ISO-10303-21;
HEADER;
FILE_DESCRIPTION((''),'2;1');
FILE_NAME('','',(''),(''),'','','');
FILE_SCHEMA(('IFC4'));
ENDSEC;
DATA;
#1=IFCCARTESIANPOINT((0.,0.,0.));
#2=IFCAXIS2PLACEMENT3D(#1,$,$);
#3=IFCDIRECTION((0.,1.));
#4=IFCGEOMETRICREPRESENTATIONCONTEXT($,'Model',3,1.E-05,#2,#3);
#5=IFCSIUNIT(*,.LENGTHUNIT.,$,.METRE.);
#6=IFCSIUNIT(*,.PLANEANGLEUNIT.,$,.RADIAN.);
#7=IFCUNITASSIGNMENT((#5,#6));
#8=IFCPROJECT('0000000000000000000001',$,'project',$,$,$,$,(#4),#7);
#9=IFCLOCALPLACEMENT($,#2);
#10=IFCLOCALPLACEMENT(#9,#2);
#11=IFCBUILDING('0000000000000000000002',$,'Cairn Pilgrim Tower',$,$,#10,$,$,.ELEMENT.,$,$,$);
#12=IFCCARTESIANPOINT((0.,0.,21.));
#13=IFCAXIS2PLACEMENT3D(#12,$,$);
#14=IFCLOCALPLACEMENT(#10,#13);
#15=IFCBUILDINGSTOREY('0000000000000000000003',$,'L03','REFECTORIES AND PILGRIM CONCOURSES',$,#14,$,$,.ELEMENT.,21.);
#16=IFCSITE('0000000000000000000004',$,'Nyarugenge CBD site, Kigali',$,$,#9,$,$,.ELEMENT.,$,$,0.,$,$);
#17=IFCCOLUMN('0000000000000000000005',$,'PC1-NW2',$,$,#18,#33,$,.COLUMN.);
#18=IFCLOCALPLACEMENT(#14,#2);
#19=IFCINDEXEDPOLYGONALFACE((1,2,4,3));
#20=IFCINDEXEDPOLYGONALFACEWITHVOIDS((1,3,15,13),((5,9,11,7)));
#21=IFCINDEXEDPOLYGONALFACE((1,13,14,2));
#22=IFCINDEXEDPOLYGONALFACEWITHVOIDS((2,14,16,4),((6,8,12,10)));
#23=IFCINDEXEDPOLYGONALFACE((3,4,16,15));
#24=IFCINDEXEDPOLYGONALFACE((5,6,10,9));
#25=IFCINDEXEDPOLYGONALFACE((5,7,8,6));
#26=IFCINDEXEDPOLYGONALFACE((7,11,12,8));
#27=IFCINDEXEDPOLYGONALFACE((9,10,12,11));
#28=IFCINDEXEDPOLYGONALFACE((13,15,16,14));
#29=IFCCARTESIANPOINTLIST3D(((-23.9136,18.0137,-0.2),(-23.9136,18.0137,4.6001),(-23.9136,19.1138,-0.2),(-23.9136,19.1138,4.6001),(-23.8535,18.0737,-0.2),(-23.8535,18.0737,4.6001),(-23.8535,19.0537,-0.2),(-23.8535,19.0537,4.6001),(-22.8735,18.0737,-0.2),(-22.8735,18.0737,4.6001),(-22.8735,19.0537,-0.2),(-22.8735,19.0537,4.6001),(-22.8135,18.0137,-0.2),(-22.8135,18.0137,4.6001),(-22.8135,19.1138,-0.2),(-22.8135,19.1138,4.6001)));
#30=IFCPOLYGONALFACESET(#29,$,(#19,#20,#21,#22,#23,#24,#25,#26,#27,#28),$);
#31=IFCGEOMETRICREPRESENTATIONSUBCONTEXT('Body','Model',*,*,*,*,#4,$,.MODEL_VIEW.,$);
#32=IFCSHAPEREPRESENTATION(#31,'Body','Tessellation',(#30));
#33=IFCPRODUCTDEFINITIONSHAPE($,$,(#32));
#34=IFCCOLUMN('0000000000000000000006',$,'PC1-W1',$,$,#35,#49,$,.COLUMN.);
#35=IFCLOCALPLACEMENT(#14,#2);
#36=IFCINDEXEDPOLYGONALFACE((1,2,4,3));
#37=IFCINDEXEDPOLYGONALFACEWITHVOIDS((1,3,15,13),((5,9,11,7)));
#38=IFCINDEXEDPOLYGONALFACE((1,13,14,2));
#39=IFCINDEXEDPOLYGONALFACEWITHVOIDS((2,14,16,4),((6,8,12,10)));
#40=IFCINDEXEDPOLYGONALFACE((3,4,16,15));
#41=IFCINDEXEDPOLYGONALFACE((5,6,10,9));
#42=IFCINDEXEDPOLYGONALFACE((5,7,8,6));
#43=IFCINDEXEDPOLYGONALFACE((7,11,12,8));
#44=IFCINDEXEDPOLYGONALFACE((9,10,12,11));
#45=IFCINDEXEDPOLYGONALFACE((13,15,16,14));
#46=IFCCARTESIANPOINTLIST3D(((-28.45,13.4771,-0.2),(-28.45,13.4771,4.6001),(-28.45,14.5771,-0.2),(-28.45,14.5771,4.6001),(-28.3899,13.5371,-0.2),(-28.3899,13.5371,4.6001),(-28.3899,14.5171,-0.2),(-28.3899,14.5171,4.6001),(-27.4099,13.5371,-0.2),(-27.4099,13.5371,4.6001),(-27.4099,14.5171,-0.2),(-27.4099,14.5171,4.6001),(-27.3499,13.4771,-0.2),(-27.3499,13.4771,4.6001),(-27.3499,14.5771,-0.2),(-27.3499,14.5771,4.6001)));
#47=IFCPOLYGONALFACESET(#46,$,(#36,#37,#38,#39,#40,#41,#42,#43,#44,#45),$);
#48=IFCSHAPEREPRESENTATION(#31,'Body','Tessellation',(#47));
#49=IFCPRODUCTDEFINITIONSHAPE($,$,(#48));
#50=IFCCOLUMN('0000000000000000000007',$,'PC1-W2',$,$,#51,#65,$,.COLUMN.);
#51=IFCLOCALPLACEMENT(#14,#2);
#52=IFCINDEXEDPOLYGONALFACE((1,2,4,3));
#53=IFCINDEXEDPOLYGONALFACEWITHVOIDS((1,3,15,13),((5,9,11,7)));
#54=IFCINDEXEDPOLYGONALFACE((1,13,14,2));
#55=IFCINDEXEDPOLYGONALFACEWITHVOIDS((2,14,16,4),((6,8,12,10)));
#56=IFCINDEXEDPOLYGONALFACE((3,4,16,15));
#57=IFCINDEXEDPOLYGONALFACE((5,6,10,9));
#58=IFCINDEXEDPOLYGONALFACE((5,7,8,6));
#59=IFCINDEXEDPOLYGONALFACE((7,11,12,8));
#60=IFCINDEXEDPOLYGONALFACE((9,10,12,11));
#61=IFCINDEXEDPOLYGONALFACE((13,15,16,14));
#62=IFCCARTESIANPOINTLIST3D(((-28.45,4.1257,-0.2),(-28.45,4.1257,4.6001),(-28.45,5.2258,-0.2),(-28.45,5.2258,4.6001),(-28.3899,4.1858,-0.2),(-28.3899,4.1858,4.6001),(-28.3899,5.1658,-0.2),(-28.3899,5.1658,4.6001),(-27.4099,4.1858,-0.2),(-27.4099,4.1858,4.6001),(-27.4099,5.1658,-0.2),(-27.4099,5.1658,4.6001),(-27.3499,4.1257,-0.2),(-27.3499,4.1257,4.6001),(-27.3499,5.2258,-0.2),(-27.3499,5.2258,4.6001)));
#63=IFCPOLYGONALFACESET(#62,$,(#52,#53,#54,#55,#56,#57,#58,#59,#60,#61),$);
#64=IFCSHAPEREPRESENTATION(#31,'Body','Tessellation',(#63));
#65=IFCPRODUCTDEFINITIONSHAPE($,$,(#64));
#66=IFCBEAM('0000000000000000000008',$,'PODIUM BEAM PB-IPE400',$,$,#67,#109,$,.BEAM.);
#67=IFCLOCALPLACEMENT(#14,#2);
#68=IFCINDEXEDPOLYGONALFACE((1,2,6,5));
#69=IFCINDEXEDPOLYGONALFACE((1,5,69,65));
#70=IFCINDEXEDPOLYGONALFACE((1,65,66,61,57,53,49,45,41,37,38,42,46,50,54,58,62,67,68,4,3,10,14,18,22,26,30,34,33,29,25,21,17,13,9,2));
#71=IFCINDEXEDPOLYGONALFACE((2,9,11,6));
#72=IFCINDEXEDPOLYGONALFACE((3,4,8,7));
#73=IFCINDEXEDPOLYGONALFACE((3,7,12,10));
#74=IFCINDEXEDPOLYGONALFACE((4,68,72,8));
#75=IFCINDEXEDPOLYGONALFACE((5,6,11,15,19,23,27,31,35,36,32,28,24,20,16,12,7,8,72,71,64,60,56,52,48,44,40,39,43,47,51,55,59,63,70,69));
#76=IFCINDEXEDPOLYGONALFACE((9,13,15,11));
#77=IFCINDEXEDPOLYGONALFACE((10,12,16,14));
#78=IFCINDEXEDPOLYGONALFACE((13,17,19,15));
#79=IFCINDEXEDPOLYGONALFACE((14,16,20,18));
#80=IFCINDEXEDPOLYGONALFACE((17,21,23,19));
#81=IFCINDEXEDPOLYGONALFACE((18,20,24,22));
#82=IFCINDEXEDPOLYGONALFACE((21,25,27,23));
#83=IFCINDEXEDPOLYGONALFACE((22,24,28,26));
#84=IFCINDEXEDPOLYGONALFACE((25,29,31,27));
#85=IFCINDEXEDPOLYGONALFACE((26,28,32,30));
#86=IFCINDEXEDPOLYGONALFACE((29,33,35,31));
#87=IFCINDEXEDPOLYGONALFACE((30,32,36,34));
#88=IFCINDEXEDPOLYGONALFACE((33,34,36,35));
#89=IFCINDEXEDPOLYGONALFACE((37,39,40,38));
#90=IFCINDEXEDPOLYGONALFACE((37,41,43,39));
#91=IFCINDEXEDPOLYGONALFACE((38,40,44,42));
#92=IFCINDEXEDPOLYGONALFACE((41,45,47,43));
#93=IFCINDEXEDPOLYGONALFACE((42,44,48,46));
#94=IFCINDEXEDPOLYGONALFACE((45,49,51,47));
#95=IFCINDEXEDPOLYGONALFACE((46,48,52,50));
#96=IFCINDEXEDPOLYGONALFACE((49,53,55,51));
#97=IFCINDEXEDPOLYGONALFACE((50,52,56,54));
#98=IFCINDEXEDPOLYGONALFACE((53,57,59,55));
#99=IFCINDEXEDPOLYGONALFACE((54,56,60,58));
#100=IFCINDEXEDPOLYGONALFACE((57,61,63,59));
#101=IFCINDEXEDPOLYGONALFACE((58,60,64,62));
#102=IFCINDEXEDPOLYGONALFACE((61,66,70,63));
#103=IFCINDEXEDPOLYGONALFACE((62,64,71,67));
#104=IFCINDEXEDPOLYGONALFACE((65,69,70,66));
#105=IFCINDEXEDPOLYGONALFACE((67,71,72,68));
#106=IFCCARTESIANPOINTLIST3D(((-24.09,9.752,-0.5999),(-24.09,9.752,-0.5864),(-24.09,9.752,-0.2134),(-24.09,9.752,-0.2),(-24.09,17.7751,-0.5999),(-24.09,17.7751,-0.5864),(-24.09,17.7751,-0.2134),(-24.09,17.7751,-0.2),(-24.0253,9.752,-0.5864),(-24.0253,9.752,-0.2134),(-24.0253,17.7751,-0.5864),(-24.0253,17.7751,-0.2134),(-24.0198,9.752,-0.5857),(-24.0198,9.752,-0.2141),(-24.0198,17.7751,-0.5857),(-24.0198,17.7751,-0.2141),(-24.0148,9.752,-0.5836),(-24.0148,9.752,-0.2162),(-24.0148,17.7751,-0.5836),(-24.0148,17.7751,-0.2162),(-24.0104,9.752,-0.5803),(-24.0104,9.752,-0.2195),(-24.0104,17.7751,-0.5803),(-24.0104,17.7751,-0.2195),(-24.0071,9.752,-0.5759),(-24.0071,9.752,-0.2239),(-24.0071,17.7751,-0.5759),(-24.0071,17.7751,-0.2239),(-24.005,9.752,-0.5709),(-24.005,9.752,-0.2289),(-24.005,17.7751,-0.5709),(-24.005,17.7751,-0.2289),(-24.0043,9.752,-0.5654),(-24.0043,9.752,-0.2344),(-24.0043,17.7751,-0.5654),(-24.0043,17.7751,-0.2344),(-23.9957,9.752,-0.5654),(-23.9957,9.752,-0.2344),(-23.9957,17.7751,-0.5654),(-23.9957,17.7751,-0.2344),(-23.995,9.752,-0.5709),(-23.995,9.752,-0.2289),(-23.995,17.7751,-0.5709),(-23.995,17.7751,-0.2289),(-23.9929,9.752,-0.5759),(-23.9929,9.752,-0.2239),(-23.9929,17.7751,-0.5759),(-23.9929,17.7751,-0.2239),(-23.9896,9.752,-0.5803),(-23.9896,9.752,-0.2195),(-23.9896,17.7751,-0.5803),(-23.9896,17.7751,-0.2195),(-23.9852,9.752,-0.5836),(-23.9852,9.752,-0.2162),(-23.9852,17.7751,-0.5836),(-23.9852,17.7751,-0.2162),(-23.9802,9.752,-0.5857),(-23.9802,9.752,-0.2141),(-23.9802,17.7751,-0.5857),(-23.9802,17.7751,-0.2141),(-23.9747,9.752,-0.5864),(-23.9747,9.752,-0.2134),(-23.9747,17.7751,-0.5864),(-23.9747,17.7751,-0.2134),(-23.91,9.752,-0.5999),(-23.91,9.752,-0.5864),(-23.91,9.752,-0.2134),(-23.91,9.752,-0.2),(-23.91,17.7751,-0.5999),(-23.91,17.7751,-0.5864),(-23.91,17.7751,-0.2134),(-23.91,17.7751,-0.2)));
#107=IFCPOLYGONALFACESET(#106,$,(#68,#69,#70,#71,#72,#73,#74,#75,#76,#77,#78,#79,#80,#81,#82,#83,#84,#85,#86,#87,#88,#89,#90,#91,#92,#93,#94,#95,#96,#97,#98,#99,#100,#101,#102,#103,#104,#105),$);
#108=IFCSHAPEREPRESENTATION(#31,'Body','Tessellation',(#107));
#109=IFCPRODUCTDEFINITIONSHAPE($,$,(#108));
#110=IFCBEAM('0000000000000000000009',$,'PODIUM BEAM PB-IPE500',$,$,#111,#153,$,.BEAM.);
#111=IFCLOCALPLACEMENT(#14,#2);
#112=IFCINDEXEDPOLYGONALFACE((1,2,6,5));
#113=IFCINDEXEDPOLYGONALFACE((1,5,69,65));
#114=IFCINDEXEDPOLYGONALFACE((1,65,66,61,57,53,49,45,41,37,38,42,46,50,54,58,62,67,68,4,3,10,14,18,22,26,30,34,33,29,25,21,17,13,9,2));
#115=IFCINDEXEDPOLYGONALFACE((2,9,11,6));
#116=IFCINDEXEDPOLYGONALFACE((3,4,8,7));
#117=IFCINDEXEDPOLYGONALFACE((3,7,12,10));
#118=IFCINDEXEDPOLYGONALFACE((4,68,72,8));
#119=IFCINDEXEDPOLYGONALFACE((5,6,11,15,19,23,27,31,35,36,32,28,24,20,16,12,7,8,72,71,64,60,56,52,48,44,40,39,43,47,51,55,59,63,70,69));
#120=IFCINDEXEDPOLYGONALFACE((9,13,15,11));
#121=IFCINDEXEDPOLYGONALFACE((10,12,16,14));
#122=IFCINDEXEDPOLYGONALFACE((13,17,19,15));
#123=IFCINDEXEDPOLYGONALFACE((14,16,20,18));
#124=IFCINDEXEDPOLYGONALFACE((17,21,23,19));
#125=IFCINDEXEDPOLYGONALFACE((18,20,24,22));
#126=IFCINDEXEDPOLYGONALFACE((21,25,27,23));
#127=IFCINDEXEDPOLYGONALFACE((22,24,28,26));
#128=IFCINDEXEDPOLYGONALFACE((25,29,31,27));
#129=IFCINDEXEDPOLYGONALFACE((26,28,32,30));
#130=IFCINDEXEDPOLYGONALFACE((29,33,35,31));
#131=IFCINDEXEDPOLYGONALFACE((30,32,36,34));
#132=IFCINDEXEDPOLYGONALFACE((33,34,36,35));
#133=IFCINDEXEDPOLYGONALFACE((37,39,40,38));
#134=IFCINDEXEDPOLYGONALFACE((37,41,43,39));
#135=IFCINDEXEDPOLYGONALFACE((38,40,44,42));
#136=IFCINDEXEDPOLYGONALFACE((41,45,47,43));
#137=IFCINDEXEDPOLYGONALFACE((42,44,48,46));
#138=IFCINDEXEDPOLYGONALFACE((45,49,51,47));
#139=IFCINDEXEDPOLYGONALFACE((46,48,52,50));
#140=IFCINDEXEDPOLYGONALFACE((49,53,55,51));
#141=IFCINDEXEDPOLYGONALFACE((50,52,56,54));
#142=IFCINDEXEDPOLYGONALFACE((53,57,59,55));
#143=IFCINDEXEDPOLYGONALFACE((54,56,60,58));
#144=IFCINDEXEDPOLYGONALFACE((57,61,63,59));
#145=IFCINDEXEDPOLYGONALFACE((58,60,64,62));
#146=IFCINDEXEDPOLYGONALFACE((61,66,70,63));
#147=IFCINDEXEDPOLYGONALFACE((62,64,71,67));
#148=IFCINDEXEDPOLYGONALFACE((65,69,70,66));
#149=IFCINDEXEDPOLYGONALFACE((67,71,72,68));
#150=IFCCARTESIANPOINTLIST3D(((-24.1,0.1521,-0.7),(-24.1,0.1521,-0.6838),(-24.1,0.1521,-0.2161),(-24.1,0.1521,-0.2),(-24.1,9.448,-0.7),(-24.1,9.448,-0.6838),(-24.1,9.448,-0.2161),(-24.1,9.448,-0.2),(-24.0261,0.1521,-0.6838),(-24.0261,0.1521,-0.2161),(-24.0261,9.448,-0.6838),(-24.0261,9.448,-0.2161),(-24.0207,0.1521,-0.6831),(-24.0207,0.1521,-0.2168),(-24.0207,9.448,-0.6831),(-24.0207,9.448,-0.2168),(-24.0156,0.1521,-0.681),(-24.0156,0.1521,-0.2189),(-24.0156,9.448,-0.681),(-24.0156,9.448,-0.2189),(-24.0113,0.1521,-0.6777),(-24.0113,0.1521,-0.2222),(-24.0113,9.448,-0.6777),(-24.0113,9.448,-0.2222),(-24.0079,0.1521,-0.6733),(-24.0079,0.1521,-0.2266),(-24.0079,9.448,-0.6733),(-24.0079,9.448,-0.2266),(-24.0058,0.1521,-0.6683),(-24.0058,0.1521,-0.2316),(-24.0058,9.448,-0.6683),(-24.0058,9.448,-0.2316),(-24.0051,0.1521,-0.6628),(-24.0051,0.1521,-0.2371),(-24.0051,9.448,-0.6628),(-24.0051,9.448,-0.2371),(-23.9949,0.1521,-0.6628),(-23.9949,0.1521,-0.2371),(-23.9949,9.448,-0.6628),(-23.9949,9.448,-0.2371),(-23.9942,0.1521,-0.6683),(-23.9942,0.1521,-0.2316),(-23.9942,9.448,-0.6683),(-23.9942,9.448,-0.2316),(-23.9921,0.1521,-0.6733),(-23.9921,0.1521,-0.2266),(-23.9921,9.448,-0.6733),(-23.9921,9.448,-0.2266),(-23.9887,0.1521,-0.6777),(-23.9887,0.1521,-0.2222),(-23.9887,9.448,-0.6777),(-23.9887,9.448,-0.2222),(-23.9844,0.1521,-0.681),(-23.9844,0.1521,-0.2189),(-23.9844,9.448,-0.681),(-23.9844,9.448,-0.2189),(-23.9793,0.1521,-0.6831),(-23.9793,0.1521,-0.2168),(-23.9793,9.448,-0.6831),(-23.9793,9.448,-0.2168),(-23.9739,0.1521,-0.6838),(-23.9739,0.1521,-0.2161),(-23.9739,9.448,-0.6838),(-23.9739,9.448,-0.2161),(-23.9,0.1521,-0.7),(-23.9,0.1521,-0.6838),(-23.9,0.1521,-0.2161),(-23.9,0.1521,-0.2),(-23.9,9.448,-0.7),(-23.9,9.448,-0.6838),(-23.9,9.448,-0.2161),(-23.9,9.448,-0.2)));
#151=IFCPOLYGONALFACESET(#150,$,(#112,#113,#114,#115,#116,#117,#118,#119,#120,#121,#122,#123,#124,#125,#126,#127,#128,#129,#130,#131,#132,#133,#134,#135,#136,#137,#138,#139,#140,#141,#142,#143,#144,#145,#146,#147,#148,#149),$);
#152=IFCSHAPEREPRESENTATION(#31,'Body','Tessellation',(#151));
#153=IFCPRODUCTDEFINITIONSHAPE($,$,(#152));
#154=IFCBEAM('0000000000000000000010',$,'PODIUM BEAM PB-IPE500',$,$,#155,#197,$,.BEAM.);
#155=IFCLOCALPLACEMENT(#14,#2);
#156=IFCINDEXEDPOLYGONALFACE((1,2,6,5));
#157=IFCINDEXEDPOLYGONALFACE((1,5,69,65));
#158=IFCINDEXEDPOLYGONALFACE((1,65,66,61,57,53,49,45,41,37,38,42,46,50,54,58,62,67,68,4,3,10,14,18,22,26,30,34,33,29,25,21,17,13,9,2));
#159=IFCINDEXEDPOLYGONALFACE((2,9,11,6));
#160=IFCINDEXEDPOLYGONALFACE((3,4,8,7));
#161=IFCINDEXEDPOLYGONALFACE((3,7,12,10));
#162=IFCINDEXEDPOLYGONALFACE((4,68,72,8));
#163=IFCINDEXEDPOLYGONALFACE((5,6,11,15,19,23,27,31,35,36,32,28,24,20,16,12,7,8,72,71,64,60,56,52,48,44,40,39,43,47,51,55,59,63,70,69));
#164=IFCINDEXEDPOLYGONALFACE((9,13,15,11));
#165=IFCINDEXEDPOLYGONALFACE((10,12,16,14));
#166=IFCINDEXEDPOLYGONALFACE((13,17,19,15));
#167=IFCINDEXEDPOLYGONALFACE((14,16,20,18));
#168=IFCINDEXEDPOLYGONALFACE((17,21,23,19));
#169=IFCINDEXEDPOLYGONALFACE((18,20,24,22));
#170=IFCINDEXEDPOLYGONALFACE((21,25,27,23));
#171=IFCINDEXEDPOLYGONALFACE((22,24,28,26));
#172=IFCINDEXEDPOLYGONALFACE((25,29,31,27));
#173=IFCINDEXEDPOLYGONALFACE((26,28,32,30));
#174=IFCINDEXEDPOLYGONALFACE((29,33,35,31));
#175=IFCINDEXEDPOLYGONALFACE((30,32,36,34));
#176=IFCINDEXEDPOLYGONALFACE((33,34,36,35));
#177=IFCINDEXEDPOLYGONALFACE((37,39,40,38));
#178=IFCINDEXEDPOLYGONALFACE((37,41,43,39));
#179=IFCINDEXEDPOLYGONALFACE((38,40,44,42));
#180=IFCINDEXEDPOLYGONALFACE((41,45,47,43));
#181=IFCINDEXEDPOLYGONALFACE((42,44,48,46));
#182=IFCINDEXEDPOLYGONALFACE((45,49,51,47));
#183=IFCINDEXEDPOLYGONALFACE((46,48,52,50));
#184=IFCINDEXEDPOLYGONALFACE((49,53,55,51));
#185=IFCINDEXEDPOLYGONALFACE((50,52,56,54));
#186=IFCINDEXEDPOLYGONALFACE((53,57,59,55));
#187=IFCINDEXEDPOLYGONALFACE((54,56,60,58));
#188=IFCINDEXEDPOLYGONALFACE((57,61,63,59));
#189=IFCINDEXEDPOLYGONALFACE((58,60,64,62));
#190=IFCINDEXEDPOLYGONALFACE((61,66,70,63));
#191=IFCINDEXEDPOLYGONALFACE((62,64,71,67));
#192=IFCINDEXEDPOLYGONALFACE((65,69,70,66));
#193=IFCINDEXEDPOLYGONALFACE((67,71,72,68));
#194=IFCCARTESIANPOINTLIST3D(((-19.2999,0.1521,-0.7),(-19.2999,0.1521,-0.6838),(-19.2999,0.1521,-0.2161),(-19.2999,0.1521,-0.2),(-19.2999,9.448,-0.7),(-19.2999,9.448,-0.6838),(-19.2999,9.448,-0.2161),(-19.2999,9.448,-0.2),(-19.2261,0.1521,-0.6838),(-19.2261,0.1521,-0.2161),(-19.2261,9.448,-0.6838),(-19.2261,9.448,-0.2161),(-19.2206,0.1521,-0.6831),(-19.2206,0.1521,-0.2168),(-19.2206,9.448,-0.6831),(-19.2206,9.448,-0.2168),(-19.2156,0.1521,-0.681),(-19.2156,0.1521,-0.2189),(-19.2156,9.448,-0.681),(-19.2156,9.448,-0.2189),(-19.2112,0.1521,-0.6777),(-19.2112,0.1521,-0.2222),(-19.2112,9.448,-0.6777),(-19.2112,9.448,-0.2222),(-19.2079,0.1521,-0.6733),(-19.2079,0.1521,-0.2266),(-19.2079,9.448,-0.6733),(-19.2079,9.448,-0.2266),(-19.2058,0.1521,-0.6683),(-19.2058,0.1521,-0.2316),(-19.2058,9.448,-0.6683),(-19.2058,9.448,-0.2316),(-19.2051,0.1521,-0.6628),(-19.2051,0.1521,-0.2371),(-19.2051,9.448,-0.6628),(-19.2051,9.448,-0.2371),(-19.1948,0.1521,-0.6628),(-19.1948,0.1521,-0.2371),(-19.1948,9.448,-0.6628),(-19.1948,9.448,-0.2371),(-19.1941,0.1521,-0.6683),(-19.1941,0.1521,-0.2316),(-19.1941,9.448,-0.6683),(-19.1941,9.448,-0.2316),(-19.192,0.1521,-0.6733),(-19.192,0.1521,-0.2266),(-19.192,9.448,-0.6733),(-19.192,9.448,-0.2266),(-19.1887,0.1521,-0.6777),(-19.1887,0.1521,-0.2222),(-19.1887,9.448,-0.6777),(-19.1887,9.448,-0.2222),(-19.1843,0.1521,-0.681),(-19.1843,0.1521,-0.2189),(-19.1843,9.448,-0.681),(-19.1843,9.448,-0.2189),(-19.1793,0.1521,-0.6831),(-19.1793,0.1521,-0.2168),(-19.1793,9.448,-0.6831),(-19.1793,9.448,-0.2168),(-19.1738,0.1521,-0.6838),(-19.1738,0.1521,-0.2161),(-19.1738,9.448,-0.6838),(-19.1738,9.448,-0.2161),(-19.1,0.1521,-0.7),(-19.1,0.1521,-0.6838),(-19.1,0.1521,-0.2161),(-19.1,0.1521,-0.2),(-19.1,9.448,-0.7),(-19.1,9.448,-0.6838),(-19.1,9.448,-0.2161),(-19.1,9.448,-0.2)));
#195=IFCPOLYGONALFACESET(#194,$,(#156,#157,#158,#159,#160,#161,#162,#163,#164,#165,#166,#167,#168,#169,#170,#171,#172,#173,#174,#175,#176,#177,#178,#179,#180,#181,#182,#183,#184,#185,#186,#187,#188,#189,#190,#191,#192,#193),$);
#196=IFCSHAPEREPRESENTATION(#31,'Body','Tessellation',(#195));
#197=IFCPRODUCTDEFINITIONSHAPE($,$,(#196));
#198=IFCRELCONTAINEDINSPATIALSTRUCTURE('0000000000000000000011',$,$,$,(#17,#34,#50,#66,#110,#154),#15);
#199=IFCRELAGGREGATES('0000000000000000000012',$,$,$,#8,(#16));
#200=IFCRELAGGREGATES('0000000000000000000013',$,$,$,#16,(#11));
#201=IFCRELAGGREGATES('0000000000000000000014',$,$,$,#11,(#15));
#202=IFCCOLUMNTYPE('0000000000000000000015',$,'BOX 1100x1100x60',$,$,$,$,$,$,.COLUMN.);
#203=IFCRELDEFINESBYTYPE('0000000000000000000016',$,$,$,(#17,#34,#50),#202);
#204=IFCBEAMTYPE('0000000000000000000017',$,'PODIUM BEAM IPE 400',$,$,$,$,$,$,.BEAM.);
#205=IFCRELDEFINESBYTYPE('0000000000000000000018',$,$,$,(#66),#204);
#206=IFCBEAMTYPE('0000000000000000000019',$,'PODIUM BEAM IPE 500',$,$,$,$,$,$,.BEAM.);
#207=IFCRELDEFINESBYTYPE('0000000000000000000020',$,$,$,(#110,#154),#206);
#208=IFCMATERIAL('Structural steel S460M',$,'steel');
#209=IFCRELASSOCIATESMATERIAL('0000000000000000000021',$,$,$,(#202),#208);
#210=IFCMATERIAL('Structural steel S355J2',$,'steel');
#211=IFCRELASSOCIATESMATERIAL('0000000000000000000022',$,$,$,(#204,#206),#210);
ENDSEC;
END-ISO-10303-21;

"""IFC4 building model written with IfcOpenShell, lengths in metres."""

from ifc_helpers import new_model, si_unit, direction, frame, origin, origin_2d, place, context, subcontext, project, spatial, hollow_rectangle, i_section, extrude, material, material_profile, profile_set, type_object, element, save


model = new_model("IFC4")

# Units and contexts
model_context = context("Model", 3, precision=1e-05, world=origin(), true_north=direction((0.0, 1.0)))
body_context = subcontext(model_context, "Body", "Model", "MODEL_VIEW")
ifc_project = project(units=[si_unit("LENGTHUNIT", "METRE"), si_unit("PLANEANGLEUNIT", "RADIAN")], contexts=[model_context])

# Site, building, storey
site_placement = place(None, origin())
site = spatial("IfcSite", under=ifc_project, at=site_placement, Name="Nyarugenge CBD site, Kigali", CompositionType="ELEMENT", RefElevation=0.0)
building_placement = place(site_placement, origin())
building = spatial("IfcBuilding", under=site, at=building_placement, Name="Cairn Pilgrim Tower", CompositionType="ELEMENT")
storey_placement = place(building_placement, frame((0.0, 0.0, 21.0)))
storey = spatial("IfcBuildingStorey", under=building, at=storey_placement, Name="L03", Description="REFECTORIES AND PILGRIM CONCOURSES", CompositionType="ELEMENT", Elevation=21.0)

# Columns
ifc_material_1 = material(Name="Structural steel S460M", Category="steel")
ifc_material_profile_1 = material_profile(ifc_material_1, hollow_rectangle(XDim=1.1001, YDim=1.1001, WallThickness=0.0601, at=origin_2d()), Name="BOX 1100x1100x60")
ifc_profile_set_1 = profile_set([ifc_material_profile_1], Name="Structural steel S460M")
column_type = type_object("IfcColumnType", Name="BOX 1100x1100x60", PredefinedType="COLUMN", material=ifc_profile_set_1)
for number, where, z_axis, x_axis, name in (
    (1, (-23.3635, 18.5637, -0.2), (0.0, 0.0, 1.0), (1.0, 0.0, 0.0), "PC1-NW2"),
    (2, (-27.8999, 14.0271, -0.2), (0.0, 0.0, 1.0), (1.0, 0.0, 0.0), "PC1-W1"),
    (3, (-27.8999, 4.6758, -0.2), (0.0, 0.0, 1.0), (1.0, 0.0, 0.0), "PC1-W2"),
):
    element("IfcColumn", number, at=place(storey_placement, frame(where, z_axis=z_axis, x_axis=x_axis)), inside=storey, type_object=column_type, Name=name, PredefinedType="COLUMN", context=body_context, shape_type="SweptSolid", body=[
        extrude(hollow_rectangle(XDim=1.1001, YDim=1.1001, WallThickness=0.0601, at=origin_2d()), origin(), (0.0, 0.0, 1.0), 4.8),
    ])

# Beams
ifc_material_2 = material(Name="Structural steel S355J2", Category="steel")
ifc_material_profile_2 = material_profile(ifc_material_2, i_section(OverallWidth=0.1799, OverallDepth=0.3999, WebThickness=0.0085, FlangeThickness=0.0134, FilletRadius=0.021, at=origin_2d()), Name="IPE 400")
ifc_profile_set_2 = profile_set([ifc_material_profile_2], Name="Structural steel S355J2")
beam_type_1 = type_object("IfcBeamType", Name="PODIUM BEAM IPE 400", PredefinedType="BEAM", material=ifc_profile_set_2)
beam_1_placement = place(storey_placement, frame((-24.0, 9.752, -0.3999), z_axis=(0.0, 1.0, 0.0), x_axis=(-1.0, 0.0, 0.0)))
element("IfcBeam", 4, at=beam_1_placement, inside=storey, type_object=beam_type_1, Name="PODIUM BEAM PB-IPE400", PredefinedType="BEAM", context=body_context, shape_type="SweptSolid", body=[
    extrude(i_section(OverallWidth=0.1799, OverallDepth=0.3999, WebThickness=0.0085, FlangeThickness=0.0134, FilletRadius=0.021, at=origin_2d()), origin(), (0.0, 0.0, 1.0), 8.0232),
])
ifc_material_profile_3 = material_profile(ifc_material_2, i_section(OverallWidth=0.2, OverallDepth=0.5, WebThickness=0.0103, FlangeThickness=0.0161, FilletRadius=0.021, at=origin_2d()), Name="IPE 500")
ifc_profile_set_3 = profile_set([ifc_material_profile_3], Name="Structural steel S355J2")
beam_type_2 = type_object("IfcBeamType", Name="PODIUM BEAM IPE 500", PredefinedType="BEAM", material=ifc_profile_set_3)
for number, where, z_axis, x_axis, name in (
    (5, (-24.0, 0.1521, -0.45), (0.0, 1.0, 0.0), (-1.0, 0.0, 0.0), "PODIUM BEAM PB-IPE500"),
    (6, (-19.2, 0.1521, -0.45), (0.0, 1.0, 0.0), (-1.0, 0.0, 0.0), "PODIUM BEAM PB-IPE500"),
):
    element("IfcBeam", number, at=place(storey_placement, frame(where, z_axis=z_axis, x_axis=x_axis)), inside=storey, type_object=beam_type_2, Name=name, PredefinedType="BEAM", context=body_context, shape_type="SweptSolid", body=[
        extrude(i_section(OverallWidth=0.2, OverallDepth=0.5, WebThickness=0.0103, FlangeThickness=0.0161, FilletRadius=0.021, at=origin_2d()), origin(), (0.0, 0.0, 1.0), 9.2959),
    ])

save(model, "model.ifc")
